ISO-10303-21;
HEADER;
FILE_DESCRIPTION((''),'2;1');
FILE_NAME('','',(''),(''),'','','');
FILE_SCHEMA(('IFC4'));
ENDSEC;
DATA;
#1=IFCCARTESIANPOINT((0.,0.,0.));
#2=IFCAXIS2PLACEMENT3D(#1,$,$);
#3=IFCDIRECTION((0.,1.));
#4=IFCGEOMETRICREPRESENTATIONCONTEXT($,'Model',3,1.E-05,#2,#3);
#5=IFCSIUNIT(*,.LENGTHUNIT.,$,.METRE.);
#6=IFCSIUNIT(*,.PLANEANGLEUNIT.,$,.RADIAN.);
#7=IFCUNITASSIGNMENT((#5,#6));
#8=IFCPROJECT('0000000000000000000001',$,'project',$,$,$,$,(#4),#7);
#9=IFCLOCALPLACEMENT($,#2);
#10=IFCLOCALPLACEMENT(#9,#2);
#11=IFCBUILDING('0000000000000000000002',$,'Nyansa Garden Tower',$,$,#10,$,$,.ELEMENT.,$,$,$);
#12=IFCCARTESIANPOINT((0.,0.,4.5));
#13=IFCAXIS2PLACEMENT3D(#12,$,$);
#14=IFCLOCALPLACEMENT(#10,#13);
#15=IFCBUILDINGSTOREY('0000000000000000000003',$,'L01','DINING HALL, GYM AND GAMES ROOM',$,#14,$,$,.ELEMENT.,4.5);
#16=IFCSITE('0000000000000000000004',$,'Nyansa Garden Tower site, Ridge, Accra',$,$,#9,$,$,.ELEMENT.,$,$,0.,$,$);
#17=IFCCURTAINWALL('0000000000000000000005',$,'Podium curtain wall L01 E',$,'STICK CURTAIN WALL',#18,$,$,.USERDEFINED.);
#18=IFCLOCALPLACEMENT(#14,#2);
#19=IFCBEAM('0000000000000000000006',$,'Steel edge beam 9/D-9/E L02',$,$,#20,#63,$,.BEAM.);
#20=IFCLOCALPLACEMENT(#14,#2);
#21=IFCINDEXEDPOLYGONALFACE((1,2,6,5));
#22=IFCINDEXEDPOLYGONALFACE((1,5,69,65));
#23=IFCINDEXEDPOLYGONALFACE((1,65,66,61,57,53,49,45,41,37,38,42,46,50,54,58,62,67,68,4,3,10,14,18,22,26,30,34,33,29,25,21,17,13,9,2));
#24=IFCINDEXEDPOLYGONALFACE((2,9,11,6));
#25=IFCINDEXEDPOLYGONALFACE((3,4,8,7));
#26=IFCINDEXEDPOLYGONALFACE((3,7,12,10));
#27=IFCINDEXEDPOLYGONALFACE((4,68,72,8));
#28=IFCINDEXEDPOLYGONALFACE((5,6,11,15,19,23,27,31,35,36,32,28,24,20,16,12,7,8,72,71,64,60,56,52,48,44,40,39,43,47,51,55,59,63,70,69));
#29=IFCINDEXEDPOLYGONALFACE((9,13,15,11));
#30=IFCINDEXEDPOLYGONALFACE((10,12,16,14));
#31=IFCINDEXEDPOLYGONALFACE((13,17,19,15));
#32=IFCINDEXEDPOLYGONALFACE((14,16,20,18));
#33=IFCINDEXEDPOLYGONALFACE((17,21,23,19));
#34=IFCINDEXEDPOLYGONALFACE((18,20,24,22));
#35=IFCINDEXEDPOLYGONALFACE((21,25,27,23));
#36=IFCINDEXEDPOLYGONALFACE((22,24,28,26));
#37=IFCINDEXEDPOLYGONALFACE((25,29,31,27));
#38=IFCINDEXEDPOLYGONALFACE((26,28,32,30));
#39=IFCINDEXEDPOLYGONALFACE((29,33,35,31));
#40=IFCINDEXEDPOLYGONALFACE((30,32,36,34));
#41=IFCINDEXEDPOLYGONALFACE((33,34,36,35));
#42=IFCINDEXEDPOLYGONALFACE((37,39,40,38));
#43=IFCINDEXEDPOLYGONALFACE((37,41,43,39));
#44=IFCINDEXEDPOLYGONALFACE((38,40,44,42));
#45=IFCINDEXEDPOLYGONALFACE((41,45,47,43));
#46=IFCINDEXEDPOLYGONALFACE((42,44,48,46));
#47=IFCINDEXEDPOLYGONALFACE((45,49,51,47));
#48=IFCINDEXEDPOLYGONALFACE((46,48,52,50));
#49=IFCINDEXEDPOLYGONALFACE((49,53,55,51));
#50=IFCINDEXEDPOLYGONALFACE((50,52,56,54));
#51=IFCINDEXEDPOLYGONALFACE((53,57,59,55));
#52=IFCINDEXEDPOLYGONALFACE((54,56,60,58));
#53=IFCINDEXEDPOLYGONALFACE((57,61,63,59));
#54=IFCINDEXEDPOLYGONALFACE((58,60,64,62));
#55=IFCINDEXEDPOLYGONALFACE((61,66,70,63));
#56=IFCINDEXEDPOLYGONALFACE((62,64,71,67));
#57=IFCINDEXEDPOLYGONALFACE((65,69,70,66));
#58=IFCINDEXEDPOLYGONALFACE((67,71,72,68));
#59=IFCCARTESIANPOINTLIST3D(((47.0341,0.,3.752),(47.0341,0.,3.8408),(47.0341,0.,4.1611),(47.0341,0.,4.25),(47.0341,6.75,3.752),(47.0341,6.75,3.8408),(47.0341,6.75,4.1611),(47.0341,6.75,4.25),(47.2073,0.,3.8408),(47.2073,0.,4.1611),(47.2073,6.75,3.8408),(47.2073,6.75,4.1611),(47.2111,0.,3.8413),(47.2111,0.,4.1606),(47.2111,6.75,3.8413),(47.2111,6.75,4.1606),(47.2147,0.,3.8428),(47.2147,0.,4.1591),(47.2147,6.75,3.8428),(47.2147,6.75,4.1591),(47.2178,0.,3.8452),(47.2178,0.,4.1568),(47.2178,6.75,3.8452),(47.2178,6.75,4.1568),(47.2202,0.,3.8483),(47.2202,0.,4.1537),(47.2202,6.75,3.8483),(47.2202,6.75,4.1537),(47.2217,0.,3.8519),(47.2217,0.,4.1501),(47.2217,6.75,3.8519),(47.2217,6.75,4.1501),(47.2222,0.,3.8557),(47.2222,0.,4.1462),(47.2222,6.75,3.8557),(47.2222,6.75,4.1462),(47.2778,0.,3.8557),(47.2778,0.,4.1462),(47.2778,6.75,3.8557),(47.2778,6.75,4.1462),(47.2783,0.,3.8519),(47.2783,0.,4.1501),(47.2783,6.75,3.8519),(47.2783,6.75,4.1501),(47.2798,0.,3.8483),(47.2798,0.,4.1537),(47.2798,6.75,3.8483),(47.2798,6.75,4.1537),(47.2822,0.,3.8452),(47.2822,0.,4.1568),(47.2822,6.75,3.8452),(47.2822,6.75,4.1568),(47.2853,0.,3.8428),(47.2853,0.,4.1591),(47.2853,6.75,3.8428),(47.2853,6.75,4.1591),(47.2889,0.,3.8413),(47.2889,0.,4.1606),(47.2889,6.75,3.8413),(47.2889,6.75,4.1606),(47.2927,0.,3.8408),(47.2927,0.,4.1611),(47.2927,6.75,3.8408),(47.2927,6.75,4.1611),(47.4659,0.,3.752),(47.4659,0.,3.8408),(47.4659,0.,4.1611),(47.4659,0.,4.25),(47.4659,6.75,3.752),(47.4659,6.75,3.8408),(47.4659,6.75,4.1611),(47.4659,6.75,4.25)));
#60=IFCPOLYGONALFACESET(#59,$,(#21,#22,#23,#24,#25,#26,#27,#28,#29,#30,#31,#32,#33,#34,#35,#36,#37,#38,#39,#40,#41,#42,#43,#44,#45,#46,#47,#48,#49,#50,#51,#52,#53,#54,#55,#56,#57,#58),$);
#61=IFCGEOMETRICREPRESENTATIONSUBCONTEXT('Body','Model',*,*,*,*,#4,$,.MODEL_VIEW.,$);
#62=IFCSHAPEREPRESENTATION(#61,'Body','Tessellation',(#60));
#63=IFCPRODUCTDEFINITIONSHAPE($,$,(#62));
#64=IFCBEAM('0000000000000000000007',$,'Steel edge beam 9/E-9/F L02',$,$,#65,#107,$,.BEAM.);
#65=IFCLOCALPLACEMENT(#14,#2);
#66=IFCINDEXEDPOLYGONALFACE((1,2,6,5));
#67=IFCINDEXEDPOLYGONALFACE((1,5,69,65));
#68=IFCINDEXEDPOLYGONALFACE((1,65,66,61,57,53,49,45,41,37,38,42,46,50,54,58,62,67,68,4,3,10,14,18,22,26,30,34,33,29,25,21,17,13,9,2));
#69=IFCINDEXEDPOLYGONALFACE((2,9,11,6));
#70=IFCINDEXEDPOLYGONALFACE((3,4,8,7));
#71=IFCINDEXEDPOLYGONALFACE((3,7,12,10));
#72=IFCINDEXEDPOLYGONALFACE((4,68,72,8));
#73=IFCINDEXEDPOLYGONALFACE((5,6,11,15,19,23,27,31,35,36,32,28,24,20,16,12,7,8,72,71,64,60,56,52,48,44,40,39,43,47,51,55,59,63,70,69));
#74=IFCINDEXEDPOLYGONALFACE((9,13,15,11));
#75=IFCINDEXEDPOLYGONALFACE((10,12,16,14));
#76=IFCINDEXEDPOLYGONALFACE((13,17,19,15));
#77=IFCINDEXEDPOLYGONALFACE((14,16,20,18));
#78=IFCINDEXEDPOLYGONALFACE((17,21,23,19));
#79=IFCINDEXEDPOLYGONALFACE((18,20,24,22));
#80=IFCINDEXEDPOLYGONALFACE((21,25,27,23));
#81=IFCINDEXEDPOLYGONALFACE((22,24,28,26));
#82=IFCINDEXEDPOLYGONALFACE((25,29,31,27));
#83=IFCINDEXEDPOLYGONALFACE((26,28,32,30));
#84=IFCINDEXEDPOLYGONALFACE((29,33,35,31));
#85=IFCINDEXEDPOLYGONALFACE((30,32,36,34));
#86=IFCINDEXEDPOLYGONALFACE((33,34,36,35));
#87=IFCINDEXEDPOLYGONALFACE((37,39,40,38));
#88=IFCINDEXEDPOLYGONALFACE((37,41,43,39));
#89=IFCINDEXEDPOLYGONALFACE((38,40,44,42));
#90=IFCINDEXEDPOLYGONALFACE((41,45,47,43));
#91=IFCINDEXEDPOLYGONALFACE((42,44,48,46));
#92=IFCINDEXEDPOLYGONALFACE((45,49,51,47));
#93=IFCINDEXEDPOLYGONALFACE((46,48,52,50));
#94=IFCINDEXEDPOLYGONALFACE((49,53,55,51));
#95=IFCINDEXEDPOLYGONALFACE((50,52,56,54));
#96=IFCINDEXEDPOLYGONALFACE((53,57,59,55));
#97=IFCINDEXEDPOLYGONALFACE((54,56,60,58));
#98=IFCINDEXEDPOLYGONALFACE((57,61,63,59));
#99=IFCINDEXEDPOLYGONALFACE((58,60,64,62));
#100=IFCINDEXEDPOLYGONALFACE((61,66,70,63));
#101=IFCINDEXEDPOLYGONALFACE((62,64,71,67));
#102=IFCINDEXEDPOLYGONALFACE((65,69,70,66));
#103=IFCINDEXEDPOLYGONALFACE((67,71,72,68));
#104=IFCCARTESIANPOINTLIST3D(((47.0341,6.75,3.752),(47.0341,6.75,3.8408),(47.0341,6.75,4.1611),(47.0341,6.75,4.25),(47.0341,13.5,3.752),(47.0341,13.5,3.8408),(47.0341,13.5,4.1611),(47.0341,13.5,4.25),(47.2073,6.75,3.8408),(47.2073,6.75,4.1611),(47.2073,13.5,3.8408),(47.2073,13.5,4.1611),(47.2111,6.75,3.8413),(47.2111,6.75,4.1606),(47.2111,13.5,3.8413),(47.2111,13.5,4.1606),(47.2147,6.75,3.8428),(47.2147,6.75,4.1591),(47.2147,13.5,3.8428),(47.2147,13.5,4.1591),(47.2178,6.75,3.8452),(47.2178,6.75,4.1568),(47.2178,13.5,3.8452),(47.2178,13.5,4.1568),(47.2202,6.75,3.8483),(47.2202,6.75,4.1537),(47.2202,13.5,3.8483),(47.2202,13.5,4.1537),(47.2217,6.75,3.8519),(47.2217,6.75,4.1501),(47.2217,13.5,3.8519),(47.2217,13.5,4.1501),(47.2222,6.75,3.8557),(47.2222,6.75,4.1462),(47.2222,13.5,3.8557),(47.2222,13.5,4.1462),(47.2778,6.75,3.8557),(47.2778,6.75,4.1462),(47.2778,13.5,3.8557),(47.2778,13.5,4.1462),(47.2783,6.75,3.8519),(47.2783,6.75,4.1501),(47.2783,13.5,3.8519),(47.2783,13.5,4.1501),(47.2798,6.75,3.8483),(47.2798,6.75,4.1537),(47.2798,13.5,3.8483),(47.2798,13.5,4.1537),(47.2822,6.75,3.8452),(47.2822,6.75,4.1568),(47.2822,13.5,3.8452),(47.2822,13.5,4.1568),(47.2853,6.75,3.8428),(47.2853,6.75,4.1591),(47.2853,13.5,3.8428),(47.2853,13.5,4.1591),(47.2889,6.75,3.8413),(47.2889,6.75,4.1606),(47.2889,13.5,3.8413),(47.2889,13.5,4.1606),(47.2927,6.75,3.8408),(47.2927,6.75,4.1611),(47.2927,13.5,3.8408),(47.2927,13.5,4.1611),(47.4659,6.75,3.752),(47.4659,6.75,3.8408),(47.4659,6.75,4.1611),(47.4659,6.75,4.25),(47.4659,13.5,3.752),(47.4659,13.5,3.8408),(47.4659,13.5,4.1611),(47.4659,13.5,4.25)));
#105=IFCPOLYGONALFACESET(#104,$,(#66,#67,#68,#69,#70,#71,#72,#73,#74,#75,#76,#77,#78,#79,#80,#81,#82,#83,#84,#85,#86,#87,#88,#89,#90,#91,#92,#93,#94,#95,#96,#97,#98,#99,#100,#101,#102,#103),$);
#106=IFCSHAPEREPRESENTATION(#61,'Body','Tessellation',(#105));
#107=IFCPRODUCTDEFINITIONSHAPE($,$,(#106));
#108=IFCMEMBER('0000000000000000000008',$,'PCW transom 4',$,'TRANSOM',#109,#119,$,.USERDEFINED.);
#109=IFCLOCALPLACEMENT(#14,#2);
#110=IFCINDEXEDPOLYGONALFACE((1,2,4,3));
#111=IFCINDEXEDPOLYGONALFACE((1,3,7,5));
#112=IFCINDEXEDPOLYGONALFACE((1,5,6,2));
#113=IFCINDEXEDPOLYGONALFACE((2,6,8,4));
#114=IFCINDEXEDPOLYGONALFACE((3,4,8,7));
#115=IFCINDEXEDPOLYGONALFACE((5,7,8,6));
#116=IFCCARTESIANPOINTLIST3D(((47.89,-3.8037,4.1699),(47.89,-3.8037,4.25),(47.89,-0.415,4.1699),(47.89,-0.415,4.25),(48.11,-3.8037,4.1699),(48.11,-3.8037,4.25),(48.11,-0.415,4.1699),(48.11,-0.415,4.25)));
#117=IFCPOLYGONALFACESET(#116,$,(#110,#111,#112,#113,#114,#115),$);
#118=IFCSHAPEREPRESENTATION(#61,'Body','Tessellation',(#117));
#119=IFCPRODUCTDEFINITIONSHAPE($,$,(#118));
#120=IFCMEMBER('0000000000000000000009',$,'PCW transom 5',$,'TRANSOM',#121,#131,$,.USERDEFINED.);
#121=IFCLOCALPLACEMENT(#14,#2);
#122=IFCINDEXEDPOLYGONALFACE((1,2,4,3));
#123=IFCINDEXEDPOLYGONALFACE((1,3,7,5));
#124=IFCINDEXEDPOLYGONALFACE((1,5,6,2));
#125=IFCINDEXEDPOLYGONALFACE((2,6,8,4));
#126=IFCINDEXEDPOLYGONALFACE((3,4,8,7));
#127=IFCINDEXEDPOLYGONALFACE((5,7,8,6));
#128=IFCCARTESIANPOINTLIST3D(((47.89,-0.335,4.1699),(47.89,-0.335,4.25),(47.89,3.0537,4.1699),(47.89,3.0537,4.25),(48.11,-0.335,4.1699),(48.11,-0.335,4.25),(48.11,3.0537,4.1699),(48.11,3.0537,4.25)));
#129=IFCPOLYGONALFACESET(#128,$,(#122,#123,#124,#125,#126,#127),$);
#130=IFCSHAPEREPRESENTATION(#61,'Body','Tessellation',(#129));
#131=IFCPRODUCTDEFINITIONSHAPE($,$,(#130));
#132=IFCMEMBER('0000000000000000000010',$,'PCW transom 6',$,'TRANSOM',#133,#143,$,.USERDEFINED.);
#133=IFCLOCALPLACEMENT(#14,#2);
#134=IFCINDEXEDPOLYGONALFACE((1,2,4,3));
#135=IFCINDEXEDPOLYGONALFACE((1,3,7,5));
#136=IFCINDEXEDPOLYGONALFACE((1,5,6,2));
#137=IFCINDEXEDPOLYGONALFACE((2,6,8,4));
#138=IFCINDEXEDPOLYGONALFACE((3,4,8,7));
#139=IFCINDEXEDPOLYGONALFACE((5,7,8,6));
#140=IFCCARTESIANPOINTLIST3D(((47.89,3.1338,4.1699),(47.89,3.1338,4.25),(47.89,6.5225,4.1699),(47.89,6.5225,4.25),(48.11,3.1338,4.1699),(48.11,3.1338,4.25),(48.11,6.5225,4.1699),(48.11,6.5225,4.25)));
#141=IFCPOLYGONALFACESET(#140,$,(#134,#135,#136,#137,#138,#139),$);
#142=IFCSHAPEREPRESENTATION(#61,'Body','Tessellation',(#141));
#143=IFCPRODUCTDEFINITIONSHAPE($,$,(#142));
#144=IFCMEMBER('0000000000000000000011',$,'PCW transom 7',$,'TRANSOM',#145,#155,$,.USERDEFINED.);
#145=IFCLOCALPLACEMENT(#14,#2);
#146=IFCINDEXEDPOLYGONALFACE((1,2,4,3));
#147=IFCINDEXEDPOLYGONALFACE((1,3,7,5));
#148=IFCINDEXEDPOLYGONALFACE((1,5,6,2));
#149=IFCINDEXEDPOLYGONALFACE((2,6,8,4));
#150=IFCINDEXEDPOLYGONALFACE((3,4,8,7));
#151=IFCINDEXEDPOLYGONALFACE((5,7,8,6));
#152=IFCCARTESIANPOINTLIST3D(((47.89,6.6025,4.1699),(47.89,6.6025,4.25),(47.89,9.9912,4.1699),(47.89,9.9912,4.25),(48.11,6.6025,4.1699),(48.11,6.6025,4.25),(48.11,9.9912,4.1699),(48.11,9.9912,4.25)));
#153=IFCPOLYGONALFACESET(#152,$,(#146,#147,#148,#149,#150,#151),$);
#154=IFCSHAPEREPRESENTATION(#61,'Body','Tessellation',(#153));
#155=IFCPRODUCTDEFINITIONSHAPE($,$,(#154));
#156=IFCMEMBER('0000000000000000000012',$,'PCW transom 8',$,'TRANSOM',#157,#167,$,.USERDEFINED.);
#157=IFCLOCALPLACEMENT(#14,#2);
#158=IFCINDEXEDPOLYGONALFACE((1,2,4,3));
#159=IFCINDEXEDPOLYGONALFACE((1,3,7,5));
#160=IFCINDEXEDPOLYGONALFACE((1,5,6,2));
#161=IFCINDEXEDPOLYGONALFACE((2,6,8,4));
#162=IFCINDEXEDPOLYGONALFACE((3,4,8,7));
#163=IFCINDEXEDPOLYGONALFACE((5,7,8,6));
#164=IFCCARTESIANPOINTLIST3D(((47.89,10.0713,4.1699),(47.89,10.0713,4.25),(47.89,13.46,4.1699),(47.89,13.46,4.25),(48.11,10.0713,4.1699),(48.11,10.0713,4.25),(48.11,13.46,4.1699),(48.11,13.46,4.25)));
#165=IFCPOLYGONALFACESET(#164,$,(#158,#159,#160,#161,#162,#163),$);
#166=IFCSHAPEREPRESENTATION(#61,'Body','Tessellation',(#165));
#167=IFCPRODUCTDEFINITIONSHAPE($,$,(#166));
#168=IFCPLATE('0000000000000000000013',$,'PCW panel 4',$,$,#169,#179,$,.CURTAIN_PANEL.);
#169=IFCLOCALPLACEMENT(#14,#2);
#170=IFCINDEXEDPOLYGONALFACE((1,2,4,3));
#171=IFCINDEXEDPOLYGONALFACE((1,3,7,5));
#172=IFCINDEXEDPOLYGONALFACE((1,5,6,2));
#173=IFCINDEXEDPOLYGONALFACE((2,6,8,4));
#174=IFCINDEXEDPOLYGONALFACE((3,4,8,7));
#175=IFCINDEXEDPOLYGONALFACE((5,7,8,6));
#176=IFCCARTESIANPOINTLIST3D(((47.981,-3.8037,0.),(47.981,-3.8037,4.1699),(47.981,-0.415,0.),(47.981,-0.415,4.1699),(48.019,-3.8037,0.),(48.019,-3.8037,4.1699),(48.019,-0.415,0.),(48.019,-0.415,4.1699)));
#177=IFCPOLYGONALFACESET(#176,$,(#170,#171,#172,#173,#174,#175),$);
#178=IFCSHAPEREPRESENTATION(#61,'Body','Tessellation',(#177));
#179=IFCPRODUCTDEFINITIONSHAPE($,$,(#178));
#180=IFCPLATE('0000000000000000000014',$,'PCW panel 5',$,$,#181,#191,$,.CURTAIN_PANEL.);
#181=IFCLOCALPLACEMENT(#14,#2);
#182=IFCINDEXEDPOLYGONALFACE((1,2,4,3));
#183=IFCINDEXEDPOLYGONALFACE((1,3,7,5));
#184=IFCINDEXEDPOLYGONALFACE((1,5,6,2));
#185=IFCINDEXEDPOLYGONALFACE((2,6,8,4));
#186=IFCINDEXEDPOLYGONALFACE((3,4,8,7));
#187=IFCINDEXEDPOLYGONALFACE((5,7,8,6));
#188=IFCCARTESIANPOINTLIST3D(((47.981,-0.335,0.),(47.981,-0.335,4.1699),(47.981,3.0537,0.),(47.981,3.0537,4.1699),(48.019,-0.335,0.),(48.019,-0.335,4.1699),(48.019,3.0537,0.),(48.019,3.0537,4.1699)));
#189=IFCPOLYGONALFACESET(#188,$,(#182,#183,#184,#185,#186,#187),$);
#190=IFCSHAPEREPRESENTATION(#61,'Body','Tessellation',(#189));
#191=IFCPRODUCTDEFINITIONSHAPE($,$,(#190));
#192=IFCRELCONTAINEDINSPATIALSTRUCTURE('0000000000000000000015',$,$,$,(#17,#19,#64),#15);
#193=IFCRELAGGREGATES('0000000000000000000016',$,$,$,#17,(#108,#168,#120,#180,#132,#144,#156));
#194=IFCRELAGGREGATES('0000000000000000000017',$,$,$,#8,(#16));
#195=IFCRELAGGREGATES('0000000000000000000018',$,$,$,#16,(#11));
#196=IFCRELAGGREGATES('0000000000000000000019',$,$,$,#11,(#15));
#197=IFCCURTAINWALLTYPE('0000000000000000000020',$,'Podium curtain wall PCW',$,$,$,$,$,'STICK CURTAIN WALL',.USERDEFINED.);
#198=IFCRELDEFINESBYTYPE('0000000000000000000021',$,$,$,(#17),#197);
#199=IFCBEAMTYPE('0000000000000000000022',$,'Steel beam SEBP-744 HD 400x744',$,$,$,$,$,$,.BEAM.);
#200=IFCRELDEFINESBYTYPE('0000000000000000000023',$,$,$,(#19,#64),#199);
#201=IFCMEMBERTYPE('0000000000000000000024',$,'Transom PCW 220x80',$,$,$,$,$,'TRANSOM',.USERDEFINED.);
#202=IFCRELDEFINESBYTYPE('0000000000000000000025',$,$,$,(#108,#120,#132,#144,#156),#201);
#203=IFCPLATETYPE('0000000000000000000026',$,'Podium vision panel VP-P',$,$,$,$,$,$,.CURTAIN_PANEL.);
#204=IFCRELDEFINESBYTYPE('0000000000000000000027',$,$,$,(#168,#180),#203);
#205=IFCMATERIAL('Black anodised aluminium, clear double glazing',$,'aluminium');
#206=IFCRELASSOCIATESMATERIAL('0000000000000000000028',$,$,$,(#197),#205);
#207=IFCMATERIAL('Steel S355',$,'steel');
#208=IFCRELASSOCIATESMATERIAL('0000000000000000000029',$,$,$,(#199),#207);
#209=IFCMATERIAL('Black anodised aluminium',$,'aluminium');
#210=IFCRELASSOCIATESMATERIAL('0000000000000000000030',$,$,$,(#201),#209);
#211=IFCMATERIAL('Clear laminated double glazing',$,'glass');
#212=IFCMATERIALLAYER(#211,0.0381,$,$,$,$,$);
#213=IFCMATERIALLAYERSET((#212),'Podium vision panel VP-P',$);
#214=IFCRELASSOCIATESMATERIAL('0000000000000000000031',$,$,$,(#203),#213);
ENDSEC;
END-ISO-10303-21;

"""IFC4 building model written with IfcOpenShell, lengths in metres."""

from ifc_helpers import new_model, si_unit, direction, frame, origin, origin_2d, place, context, subcontext, project, spatial, rectangle, i_section, extrude, material, layer, layer_set, material_profile, profile_set, type_object, element, aggregate, save


model = new_model("IFC4")

# Units and contexts
model_context = context("Model", 3, precision=1e-05, world=origin(), true_north=direction((0.0, 1.0)))
body_context = subcontext(model_context, "Body", "Model", "MODEL_VIEW")
ifc_project = project(units=[si_unit("LENGTHUNIT", "METRE"), si_unit("PLANEANGLEUNIT", "RADIAN")], contexts=[model_context])

# Site, building, storey
site_placement = place(None, origin())
site = spatial("IfcSite", under=ifc_project, at=site_placement, Name="Nyansa Garden Tower site, Ridge, Accra", CompositionType="ELEMENT", RefElevation=0.0)
building_placement = place(site_placement, origin())
building = spatial("IfcBuilding", under=site, at=building_placement, Name="Nyansa Garden Tower", CompositionType="ELEMENT")
storey_placement = place(building_placement, frame((0.0, 0.0, 4.5)))
storey = spatial("IfcBuildingStorey", under=building, at=storey_placement, Name="L01", Description="DINING HALL, GYM AND GAMES ROOM", CompositionType="ELEMENT", Elevation=4.5)

# Curtain wall
ifc_material_1 = material(Name="Black anodised aluminium, clear double glazing", Category="aluminium")
curtain_wall_type = type_object("IfcCurtainWallType", Name="Podium curtain wall PCW", ElementType="STICK CURTAIN WALL", PredefinedType="USERDEFINED", material=ifc_material_1)
curtain_wall_placement = place(storey_placement, origin())
curtain_wall = element("IfcCurtainWall", 1, at=curtain_wall_placement, inside=storey, type_object=curtain_wall_type, Name="Podium curtain wall L01 E", ObjectType="STICK CURTAIN WALL", PredefinedType="USERDEFINED")

# Beams
ifc_material_2 = material(Name="Steel S355", Category="steel")
ifc_material_profile_1 = material_profile(ifc_material_2, i_section(OverallWidth=0.4319, OverallDepth=0.498, WebThickness=0.0557, FlangeThickness=0.0889, FilletRadius=0.0149, at=origin_2d()), Name="HD 400x744")
ifc_profile_set_1 = profile_set([ifc_material_profile_1], Name="Steel S355")
beam_type_1 = type_object("IfcBeamType", Name="Steel beam SEBP-744 HD 400x744", PredefinedType="BEAM", material=ifc_profile_set_1)
for number, where, z_axis, x_axis, name in (
    (2, (47.25, 0.0, 4.001), (0.0, 1.0, 0.0), (-1.0, 0.0, 0.0), "Steel edge beam 9/D-9/E L02"),
    (3, (47.25, 6.75, 4.001), (0.0, 1.0, 0.0), (-1.0, 0.0, 0.0), "Steel edge beam 9/E-9/F L02"),
):
    element("IfcBeam", number, at=place(storey_placement, frame(where, z_axis=z_axis, x_axis=x_axis)), inside=storey, type_object=beam_type_1, Name=name, PredefinedType="BEAM", context=body_context, shape_type="SweptSolid", body=[
        extrude(i_section(OverallWidth=0.4319, OverallDepth=0.498, WebThickness=0.0557, FlangeThickness=0.0889, FilletRadius=0.0149, at=origin_2d()), origin(), (0.0, 0.0, 1.0), 6.75),
    ])

# Members
ifc_material_3 = material(Name="Black anodised aluminium", Category="aluminium")
ifc_material_profile_2 = material_profile(ifc_material_3, rectangle(XDim=0.22, YDim=0.0801, at=origin_2d()), Name="Transom 220x80")
ifc_profile_set_2 = profile_set([ifc_material_profile_2], Name="Black anodised aluminium")
member_type_1 = type_object("IfcMemberType", Name="Transom PCW 220x80", ElementType="TRANSOM", PredefinedType="USERDEFINED", material=ifc_profile_set_2)
member_1_placement = place(storey_placement, frame((48.0, -3.8037, 4.21), z_axis=(0.0, 1.0, 0.0), x_axis=(-1.0, 0.0, 0.0)))
member_1 = element("IfcMember", 4, at=member_1_placement, type_object=member_type_1, Name="PCW transom 4", ObjectType="TRANSOM", PredefinedType="USERDEFINED", context=body_context, shape_type="SweptSolid", body=[
    extrude(rectangle(XDim=0.22, YDim=0.0801, at=origin_2d()), origin(), (0.0, 0.0, 1.0), 3.3887),
])
member_2_placement = place(storey_placement, frame((48.0, -0.335, 4.21), z_axis=(0.0, 1.0, 0.0), x_axis=(-1.0, 0.0, 0.0)))
member_2 = element("IfcMember", 5, at=member_2_placement, type_object=member_type_1, Name="PCW transom 5", ObjectType="TRANSOM", PredefinedType="USERDEFINED", context=body_context, shape_type="SweptSolid", body=[
    extrude(rectangle(XDim=0.22, YDim=0.0801, at=origin_2d()), origin(), (0.0, 0.0, 1.0), 3.3887),
])
member_3_placement = place(storey_placement, frame((48.0, 3.1338, 4.21), z_axis=(0.0, 1.0, 0.0), x_axis=(-1.0, 0.0, 0.0)))
member_3 = element("IfcMember", 6, at=member_3_placement, type_object=member_type_1, Name="PCW transom 6", ObjectType="TRANSOM", PredefinedType="USERDEFINED", context=body_context, shape_type="SweptSolid", body=[
    extrude(rectangle(XDim=0.22, YDim=0.0801, at=origin_2d()), origin(), (0.0, 0.0, 1.0), 3.3887),
])
member_4_placement = place(storey_placement, frame((48.0, 6.6025, 4.21), z_axis=(0.0, 1.0, 0.0), x_axis=(-1.0, 0.0, 0.0)))
member_4 = element("IfcMember", 7, at=member_4_placement, type_object=member_type_1, Name="PCW transom 7", ObjectType="TRANSOM", PredefinedType="USERDEFINED", context=body_context, shape_type="SweptSolid", body=[
    extrude(rectangle(XDim=0.22, YDim=0.0801, at=origin_2d()), origin(), (0.0, 0.0, 1.0), 3.3887),
])
member_5_placement = place(storey_placement, frame((48.0, 10.0713, 4.21), z_axis=(0.0, 1.0, 0.0), x_axis=(-1.0, 0.0, 0.0)))
member_5 = element("IfcMember", 8, at=member_5_placement, type_object=member_type_1, Name="PCW transom 8", ObjectType="TRANSOM", PredefinedType="USERDEFINED", context=body_context, shape_type="SweptSolid", body=[
    extrude(rectangle(XDim=0.22, YDim=0.0801, at=origin_2d()), origin(), (0.0, 0.0, 1.0), 3.3887),
])

# Plates
ifc_material_4 = material(Name="Clear laminated double glazing", Category="glass")
ifc_layer_1 = layer(ifc_material_4, 0.0381)
ifc_layer_set_1 = layer_set([ifc_layer_1], Name="Podium vision panel VP-P")
plate_type = type_object("IfcPlateType", Name="Podium vision panel VP-P", PredefinedType="CURTAIN_PANEL", material=ifc_layer_set_1)
plate_1_placement = place(storey_placement, frame((48.0, -2.1094, 0.0), z_axis=(0.0, 0.0, 1.0), x_axis=(0.0, 1.0, 0.0)))
plate_1 = element("IfcPlate", 9, at=plate_1_placement, type_object=plate_type, Name="PCW panel 4", PredefinedType="CURTAIN_PANEL", context=body_context, shape_type="SweptSolid", body=[
    extrude(rectangle(XDim=3.3887, YDim=0.0381, at=origin_2d()), origin(), (0.0, 0.0, 1.0), 4.1699),
])
plate_2_placement = place(storey_placement, frame((48.0, 1.3594, 0.0), z_axis=(0.0, 0.0, 1.0), x_axis=(0.0, 1.0, 0.0)))
plate_2 = element("IfcPlate", 10, at=plate_2_placement, type_object=plate_type, Name="PCW panel 5", PredefinedType="CURTAIN_PANEL", context=body_context, shape_type="SweptSolid", body=[
    extrude(rectangle(XDim=3.3887, YDim=0.0381, at=origin_2d()), origin(), (0.0, 0.0, 1.0), 4.1699),
])
aggregate(curtain_wall, [member_1, plate_1, member_2, plate_2, member_3, member_4, member_5])

save(model, "model.ifc")
